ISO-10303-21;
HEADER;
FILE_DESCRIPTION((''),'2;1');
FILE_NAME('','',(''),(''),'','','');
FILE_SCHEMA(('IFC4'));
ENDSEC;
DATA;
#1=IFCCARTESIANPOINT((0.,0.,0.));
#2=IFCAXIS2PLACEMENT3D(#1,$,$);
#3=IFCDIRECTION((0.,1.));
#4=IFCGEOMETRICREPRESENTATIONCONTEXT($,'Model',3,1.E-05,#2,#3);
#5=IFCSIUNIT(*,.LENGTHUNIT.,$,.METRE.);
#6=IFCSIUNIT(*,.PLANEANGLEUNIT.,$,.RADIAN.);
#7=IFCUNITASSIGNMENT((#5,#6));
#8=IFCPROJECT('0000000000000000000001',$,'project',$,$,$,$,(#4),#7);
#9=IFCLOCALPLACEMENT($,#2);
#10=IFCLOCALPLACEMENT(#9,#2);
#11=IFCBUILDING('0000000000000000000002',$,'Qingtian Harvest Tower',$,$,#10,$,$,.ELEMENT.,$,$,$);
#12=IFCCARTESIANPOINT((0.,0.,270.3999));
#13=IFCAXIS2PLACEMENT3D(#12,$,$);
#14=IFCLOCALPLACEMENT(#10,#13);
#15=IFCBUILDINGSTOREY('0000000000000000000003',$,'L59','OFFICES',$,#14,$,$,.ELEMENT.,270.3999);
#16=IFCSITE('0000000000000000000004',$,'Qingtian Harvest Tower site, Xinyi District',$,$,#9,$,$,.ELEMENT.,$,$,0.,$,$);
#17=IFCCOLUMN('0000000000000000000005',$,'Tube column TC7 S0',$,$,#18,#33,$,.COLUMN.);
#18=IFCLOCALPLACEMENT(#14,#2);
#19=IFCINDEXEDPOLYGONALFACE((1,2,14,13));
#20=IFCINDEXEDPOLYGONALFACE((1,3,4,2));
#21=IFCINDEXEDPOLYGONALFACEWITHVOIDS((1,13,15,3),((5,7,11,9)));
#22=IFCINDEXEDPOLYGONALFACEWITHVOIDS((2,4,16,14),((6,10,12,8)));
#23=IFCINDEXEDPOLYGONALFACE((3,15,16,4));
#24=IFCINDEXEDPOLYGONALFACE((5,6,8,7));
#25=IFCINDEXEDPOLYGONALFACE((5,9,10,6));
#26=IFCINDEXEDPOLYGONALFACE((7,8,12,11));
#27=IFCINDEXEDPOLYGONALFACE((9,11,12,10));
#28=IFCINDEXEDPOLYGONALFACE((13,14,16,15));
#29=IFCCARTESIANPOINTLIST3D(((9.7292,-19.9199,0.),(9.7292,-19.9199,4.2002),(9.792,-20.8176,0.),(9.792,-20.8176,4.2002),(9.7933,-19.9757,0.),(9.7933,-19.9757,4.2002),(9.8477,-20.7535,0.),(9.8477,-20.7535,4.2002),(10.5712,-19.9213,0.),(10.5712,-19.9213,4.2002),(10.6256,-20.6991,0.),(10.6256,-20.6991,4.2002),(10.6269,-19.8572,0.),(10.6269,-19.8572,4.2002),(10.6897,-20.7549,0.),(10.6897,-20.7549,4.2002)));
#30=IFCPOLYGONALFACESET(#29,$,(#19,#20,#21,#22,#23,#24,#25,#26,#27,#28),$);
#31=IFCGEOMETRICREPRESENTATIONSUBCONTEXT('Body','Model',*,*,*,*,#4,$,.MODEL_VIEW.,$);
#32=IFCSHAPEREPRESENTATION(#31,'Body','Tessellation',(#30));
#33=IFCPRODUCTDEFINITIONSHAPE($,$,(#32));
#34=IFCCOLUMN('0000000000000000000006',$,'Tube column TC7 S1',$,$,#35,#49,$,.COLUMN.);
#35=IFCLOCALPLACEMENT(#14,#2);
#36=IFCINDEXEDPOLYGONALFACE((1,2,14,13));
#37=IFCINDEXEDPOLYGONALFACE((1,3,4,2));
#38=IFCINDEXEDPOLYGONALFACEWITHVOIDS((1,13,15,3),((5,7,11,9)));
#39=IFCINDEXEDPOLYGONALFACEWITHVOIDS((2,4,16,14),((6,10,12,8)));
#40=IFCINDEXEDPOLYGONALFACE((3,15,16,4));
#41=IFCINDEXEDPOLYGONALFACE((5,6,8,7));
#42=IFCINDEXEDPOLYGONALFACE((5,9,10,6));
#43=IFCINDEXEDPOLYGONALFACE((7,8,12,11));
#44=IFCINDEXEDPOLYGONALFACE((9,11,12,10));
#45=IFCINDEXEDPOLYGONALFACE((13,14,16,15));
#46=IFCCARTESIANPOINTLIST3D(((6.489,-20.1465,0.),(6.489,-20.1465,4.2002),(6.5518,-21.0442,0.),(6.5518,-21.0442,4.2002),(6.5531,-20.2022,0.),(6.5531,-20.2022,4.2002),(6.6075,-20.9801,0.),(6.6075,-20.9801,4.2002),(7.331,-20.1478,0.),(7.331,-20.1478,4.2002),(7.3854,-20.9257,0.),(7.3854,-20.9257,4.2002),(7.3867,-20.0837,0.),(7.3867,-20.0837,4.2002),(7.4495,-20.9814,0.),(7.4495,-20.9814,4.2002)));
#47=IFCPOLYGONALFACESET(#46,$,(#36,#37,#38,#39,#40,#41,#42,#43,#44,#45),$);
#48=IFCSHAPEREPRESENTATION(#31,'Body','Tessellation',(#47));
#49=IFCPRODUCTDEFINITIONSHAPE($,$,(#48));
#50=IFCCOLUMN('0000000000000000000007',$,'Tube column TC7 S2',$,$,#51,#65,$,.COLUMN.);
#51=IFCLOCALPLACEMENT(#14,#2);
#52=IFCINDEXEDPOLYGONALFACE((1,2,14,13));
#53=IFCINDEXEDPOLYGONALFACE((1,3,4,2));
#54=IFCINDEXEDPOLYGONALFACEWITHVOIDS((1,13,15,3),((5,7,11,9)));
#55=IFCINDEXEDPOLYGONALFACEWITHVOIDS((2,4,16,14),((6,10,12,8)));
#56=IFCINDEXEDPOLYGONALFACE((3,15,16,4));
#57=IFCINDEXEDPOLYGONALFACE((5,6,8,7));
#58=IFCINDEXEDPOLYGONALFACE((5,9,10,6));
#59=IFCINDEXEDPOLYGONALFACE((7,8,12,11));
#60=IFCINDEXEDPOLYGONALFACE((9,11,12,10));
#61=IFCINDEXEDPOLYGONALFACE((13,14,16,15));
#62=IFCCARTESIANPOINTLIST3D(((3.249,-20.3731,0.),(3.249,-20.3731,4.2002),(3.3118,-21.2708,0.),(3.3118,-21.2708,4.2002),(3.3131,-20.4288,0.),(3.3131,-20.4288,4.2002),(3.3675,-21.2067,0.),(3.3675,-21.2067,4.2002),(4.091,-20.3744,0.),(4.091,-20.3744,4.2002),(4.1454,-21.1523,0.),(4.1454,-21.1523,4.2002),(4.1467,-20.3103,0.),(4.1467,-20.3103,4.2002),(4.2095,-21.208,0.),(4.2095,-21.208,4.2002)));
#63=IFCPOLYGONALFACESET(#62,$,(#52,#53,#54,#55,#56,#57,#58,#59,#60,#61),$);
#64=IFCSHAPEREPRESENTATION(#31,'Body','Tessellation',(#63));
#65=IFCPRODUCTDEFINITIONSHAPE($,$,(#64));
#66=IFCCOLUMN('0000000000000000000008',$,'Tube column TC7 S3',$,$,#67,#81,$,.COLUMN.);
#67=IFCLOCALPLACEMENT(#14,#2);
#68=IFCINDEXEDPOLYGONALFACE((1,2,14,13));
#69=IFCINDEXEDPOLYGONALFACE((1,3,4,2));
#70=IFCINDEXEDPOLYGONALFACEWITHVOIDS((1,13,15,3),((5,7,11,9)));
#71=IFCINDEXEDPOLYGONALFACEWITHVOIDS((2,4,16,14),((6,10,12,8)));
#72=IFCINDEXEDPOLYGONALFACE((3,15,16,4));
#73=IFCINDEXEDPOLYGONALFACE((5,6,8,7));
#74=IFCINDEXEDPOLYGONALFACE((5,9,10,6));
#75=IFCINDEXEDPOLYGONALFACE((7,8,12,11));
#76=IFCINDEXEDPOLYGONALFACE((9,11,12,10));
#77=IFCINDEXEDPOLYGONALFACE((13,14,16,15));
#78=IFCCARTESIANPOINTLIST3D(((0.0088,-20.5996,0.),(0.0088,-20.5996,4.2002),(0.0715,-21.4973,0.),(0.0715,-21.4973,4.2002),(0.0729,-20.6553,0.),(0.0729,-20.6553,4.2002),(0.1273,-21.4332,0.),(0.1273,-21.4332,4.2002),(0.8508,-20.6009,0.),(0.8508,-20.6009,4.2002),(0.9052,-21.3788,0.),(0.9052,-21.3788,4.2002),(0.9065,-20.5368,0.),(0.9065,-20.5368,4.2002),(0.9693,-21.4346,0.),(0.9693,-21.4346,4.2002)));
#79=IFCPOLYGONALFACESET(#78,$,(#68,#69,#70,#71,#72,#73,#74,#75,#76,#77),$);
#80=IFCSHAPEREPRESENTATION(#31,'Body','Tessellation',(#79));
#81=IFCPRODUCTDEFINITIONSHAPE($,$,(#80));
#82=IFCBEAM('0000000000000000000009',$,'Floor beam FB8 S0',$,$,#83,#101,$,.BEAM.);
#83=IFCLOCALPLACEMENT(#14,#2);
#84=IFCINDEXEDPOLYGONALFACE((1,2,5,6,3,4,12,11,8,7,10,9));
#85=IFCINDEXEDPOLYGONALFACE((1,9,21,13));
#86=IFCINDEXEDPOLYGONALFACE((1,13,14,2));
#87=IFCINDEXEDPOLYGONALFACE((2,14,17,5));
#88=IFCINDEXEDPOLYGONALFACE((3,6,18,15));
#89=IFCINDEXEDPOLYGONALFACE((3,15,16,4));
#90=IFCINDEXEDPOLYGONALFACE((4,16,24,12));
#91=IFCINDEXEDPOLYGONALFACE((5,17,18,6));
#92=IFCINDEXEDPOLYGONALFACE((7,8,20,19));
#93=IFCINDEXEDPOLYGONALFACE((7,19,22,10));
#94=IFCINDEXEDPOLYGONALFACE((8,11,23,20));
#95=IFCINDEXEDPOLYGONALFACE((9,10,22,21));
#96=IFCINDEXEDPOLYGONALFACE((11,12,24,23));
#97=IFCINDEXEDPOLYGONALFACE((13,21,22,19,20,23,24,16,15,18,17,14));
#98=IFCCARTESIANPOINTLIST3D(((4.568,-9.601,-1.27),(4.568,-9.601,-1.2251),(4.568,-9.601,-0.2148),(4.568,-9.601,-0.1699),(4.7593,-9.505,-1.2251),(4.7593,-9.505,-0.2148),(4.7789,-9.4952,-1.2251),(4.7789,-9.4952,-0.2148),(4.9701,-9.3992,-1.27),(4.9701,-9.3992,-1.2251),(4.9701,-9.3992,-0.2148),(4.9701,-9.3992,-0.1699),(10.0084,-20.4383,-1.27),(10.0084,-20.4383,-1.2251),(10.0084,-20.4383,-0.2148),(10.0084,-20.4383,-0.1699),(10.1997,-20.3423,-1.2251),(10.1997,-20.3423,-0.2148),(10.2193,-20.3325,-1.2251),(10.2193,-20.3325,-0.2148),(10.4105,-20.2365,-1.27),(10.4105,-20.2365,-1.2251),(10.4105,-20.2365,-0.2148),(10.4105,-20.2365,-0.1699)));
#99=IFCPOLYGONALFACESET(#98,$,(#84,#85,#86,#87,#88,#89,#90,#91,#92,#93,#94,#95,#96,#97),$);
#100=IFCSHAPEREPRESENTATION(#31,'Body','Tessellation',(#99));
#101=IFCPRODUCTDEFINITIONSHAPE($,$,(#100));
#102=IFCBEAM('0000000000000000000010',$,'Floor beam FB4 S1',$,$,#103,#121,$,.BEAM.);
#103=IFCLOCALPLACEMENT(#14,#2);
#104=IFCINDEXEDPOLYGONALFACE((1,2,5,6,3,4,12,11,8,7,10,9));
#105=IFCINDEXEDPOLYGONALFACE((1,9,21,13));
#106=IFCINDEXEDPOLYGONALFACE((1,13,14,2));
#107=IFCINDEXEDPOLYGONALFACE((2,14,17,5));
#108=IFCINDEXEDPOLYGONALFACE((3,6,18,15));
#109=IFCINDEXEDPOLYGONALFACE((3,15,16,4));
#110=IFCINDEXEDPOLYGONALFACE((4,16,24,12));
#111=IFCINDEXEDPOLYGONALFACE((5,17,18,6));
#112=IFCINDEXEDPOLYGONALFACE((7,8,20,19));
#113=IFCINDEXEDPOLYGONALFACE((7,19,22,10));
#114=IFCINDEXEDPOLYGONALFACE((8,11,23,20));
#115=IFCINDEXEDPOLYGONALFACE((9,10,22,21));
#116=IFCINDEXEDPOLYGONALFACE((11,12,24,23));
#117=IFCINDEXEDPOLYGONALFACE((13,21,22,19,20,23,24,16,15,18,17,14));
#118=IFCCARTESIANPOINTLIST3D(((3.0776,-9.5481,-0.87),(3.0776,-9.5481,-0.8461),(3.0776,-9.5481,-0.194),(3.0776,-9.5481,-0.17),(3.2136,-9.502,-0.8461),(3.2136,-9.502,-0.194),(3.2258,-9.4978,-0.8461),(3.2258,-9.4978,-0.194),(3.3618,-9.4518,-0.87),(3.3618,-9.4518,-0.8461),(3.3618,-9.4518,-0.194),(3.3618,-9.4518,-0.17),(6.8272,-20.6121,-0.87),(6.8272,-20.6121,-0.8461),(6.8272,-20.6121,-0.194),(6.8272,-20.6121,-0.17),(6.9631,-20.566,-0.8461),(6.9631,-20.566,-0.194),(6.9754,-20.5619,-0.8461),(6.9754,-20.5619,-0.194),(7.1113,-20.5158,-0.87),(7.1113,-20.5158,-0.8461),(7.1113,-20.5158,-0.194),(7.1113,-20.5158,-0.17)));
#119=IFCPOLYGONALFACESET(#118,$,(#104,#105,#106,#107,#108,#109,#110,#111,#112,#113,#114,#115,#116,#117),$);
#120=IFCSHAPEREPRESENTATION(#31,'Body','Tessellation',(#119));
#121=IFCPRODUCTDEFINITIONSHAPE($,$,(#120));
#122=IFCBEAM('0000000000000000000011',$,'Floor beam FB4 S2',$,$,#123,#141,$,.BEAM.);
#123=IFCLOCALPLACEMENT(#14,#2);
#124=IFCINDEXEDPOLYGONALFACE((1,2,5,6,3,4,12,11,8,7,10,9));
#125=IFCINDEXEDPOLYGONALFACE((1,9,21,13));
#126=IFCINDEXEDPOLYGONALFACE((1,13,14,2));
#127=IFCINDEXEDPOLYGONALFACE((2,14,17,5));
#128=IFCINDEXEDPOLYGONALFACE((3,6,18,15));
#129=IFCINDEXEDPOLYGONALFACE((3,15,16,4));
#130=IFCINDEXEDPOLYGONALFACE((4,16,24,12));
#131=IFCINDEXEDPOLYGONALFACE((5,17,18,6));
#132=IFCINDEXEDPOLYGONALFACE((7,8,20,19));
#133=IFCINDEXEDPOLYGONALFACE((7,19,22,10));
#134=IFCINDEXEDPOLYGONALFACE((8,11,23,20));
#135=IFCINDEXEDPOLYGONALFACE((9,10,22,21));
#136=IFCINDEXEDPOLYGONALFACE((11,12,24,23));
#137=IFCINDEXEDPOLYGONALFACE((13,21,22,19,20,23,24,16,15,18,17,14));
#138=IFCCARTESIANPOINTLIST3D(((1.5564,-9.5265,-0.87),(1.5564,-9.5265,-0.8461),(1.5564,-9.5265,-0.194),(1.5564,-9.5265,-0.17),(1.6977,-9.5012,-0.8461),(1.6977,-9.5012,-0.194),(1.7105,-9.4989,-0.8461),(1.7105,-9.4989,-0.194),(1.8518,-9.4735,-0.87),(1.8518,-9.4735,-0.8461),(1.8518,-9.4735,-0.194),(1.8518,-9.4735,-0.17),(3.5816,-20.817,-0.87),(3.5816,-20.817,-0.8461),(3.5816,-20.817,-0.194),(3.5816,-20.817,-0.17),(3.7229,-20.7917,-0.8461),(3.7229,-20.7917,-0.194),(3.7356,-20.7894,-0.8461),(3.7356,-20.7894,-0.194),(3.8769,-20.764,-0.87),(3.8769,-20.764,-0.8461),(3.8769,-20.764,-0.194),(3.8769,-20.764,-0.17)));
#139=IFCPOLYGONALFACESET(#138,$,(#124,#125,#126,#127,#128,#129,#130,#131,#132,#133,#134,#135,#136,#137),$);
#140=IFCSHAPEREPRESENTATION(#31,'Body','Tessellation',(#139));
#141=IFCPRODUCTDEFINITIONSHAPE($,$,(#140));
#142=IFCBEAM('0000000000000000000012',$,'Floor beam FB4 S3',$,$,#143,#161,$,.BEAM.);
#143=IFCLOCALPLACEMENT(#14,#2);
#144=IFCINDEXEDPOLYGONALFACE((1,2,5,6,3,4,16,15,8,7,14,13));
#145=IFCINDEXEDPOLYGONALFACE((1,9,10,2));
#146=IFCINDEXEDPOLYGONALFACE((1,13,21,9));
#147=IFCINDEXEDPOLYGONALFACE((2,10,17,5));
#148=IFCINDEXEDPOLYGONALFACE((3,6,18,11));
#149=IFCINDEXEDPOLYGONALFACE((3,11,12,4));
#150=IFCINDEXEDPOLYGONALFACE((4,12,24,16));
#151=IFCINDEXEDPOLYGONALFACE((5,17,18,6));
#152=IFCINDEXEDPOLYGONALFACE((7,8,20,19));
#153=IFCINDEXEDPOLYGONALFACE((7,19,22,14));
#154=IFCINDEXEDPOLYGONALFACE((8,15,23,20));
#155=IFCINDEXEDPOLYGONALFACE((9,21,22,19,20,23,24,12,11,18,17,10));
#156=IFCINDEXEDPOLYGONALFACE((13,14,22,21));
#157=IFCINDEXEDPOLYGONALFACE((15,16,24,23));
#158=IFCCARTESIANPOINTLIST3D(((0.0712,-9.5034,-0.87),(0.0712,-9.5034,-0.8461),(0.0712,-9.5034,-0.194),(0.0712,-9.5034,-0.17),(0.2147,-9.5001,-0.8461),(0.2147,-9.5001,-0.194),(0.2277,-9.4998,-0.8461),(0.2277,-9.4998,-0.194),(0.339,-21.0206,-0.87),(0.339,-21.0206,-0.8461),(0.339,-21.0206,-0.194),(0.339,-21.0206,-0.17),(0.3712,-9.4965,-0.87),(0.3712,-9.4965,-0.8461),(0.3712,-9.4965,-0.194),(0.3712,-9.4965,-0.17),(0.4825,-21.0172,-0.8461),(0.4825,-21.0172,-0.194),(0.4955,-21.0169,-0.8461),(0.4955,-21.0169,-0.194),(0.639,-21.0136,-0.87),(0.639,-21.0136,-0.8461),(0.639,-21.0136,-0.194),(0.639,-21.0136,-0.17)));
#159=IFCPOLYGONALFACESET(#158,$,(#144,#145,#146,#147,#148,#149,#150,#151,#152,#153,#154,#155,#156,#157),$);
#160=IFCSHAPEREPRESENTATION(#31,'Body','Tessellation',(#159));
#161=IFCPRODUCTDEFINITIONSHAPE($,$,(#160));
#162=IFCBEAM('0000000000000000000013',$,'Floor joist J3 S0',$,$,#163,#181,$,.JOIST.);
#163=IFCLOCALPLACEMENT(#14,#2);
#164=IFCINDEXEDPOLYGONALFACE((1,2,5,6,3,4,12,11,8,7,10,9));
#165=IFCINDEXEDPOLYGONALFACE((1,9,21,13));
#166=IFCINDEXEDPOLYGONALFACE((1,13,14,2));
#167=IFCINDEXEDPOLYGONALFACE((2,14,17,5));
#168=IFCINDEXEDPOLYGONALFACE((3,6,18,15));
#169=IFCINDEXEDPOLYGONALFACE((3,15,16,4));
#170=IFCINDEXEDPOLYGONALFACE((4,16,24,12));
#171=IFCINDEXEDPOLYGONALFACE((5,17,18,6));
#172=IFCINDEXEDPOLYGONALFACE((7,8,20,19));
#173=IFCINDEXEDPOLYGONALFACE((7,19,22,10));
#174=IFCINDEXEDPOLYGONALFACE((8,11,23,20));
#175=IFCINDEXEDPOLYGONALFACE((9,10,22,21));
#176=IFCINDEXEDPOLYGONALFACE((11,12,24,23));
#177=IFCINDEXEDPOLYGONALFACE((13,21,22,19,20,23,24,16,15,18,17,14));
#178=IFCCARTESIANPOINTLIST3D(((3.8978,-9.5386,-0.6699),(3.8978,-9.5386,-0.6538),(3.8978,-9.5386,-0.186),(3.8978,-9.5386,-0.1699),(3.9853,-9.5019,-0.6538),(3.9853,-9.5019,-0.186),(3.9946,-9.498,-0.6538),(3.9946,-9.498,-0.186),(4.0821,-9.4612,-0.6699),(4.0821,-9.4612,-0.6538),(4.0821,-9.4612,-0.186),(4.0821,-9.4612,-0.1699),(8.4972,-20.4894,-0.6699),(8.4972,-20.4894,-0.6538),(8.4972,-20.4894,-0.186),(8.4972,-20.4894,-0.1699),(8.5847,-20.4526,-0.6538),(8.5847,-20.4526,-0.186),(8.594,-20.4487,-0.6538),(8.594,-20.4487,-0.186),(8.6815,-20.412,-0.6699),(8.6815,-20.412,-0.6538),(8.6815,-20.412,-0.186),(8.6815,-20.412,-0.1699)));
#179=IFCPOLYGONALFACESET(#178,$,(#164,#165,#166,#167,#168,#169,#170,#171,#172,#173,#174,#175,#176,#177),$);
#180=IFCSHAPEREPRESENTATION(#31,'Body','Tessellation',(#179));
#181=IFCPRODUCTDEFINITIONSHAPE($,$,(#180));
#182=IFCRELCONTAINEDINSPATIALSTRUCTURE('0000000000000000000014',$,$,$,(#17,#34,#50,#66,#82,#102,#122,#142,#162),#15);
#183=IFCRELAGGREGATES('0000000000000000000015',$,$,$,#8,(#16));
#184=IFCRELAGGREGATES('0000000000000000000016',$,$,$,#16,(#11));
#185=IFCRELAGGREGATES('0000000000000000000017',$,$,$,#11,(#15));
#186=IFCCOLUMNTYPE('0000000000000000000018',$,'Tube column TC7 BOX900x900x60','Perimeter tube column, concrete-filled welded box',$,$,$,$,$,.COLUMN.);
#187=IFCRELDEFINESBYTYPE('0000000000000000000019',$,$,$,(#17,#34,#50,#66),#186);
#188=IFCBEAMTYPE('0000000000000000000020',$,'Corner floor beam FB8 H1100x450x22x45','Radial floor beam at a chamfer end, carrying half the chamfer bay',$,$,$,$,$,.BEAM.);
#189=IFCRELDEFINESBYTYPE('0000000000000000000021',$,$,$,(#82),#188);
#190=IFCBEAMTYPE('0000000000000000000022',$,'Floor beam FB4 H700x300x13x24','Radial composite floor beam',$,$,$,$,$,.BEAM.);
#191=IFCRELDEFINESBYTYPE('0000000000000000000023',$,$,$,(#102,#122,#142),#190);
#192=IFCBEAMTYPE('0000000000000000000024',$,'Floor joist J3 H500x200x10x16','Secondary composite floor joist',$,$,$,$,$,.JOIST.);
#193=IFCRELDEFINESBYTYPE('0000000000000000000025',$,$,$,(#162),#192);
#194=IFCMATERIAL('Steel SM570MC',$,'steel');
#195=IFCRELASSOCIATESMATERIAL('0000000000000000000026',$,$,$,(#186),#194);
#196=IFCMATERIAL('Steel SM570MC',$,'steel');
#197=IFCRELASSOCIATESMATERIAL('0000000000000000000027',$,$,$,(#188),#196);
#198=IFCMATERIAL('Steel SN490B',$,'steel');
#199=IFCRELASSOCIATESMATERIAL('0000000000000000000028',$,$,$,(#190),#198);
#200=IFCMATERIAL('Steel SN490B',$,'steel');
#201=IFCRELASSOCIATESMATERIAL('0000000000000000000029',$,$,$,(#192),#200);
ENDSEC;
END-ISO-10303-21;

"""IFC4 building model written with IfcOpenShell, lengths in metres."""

from ifc_helpers import new_model, si_unit, direction, frame, origin, origin_2d, place, context, subcontext, project, spatial, hollow_rectangle, i_section, extrude, material, material_profile, profile_set, type_object, element, save


model = new_model("IFC4")

# Units and contexts
model_context = context("Model", 3, precision=1e-05, world=origin(), true_north=direction((0.0, 1.0)))
body_context = subcontext(model_context, "Body", "Model", "MODEL_VIEW")
ifc_project = project(units=[si_unit("LENGTHUNIT", "METRE"), si_unit("PLANEANGLEUNIT", "RADIAN")], contexts=[model_context])

# Site, building, storey
site_placement = place(None, origin())
site = spatial("IfcSite", under=ifc_project, at=site_placement, Name="Qingtian Harvest Tower site, Xinyi District", CompositionType="ELEMENT", RefElevation=0.0)
building_placement = place(site_placement, origin())
building = spatial("IfcBuilding", under=site, at=building_placement, Name="Qingtian Harvest Tower", CompositionType="ELEMENT")
storey_placement = place(building_placement, frame((0.0, 0.0, 270.3999)))
storey = spatial("IfcBuildingStorey", under=building, at=storey_placement, Name="L59", Description="OFFICES", CompositionType="ELEMENT", Elevation=270.3999)

# Columns
ifc_material_1 = material(Name="Steel SM570MC", Category="steel")
ifc_material_profile_1 = material_profile(ifc_material_1, hollow_rectangle(XDim=0.8999, YDim=0.8999, WallThickness=0.0601, at=origin_2d()), Name="BOX900x900x60")
ifc_profile_set_1 = profile_set([ifc_material_profile_1], Name="Steel SM570MC")
column_type = type_object("IfcColumnType", Name="Tube column TC7 BOX900x900x60", Description="Perimeter tube column, concrete-filled welded box", PredefinedType="COLUMN", material=ifc_profile_set_1)
for number, where, z_axis, x_axis, name in (
    (1, (10.2095, -20.3374, 0.0), (0.0, 0.0, 1.0), (0.997564, 0.069756, 0.0), "Tube column TC7 S0"),
    (2, (6.9692, -20.564, 0.0), (0.0, 0.0, 1.0), (0.997564, 0.069756, 0.0), "Tube column TC7 S1"),
    (3, (3.7292, -20.7905, 0.0), (0.0, 0.0, 1.0), (0.997564, 0.069756, 0.0), "Tube column TC7 S2"),
    (4, (0.489, -21.0171, 0.0), (0.0, 0.0, 1.0), (0.997564, 0.069756, 0.0), "Tube column TC7 S3"),
):
    element("IfcColumn", number, at=place(storey_placement, frame(where, z_axis=z_axis, x_axis=x_axis)), inside=storey, type_object=column_type, Name=name, PredefinedType="COLUMN", context=body_context, shape_type="SweptSolid", body=[
        extrude(hollow_rectangle(XDim=0.8999, YDim=0.8999, WallThickness=0.0601, at=origin_2d()), origin(), (0.0, 0.0, 1.0), 4.2002),
    ])

# Beams
ifc_material_2 = material(Name="Steel SM570MC", Category="steel")
ifc_material_profile_2 = material_profile(ifc_material_2, i_section(OverallWidth=0.45, OverallDepth=1.1001, WebThickness=0.022, FlangeThickness=0.0449, at=origin_2d()), Name="H1100x450x22x45")
ifc_profile_set_2 = profile_set([ifc_material_profile_2], Name="Steel SM570MC")
beam_type_1 = type_object("IfcBeamType", Name="Corner floor beam FB8 H1100x450x22x45", Description="Radial floor beam at a chamfer end, carrying half the chamfer bay", PredefinedType="BEAM", material=ifc_profile_set_2)
beam_1_placement = place(storey_placement, frame((10.2095, -20.3374, -0.72), z_axis=(-0.448646, 0.893709, 0.0), x_axis=(-0.893709, -0.448646, 0.0)))
element("IfcBeam", 5, at=beam_1_placement, inside=storey, type_object=beam_type_1, Name="Floor beam FB8 S0", PredefinedType="BEAM", context=body_context, shape_type="SweptSolid", body=[
    extrude(i_section(OverallWidth=0.45, OverallDepth=1.1001, WebThickness=0.022, FlangeThickness=0.0449, at=origin_2d()), origin(), (0.0, 0.0, 1.0), 12.1262),
])
ifc_material_3 = material(Name="Steel SN490B", Category="steel")
ifc_material_profile_3 = material_profile(ifc_material_3, i_section(OverallWidth=0.3, OverallDepth=0.7, WebThickness=0.0129, FlangeThickness=0.0239, at=origin_2d()), Name="H700x300x13x24")
ifc_profile_set_3 = profile_set([ifc_material_profile_3], Name="Steel SN490B")
beam_type_2 = type_object("IfcBeamType", Name="Floor beam FB4 H700x300x13x24", Description="Radial composite floor beam", PredefinedType="BEAM", material=ifc_profile_set_3)
beam_2_placement = place(storey_placement, frame((6.9692, -20.564, -0.52), z_axis=(-0.320964, 0.947092, 0.0), x_axis=(-0.947092, -0.320964, 0.0)))
element("IfcBeam", 6, at=beam_2_placement, inside=storey, type_object=beam_type_2, Name="Floor beam FB4 S1", PredefinedType="BEAM", context=body_context, shape_type="SweptSolid", body=[
    extrude(i_section(OverallWidth=0.3, OverallDepth=0.7, WebThickness=0.0129, FlangeThickness=0.0239, at=origin_2d()), origin(), (0.0, 0.0, 1.0), 11.6821),
])
beam_3_placement = place(storey_placement, frame((3.7292, -20.7905, -0.52), z_axis=(-0.176549, 0.984292, 0.0), x_axis=(-0.984292, -0.176549, 0.0)))
element("IfcBeam", 7, at=beam_3_placement, inside=storey, type_object=beam_type_2, Name="Floor beam FB4 S2", PredefinedType="BEAM", context=body_context, shape_type="SweptSolid", body=[
    extrude(i_section(OverallWidth=0.3, OverallDepth=0.7, WebThickness=0.0129, FlangeThickness=0.0239, at=origin_2d()), origin(), (0.0, 0.0, 1.0), 11.4707),
])
beam_4_placement = place(storey_placement, frame((0.489, -21.0171, -0.52), z_axis=(-0.023248, 0.99973, 0.0), x_axis=(-0.99973, -0.023248, 0.0)))
element("IfcBeam", 8, at=beam_4_placement, inside=storey, type_object=beam_type_2, Name="Floor beam FB4 S3", PredefinedType="BEAM", context=body_context, shape_type="SweptSolid", body=[
    extrude(i_section(OverallWidth=0.3, OverallDepth=0.7, WebThickness=0.0129, FlangeThickness=0.0239, at=origin_2d()), origin(), (0.0, 0.0, 1.0), 11.5203),
])
ifc_material_4 = material(Name="Steel SN490B", Category="steel")
ifc_material_profile_4 = material_profile(ifc_material_4, i_section(OverallWidth=0.2, OverallDepth=0.5, WebThickness=0.01, FlangeThickness=0.0161, at=origin_2d()), Name="H500x200x10x16")
ifc_profile_set_4 = profile_set([ifc_material_profile_4], Name="Steel SN490B")
beam_type_3 = type_object("IfcBeamType", Name="Floor joist J3 H500x200x10x16", Description="Secondary composite floor joist", PredefinedType="JOIST", material=ifc_profile_set_4)
beam_5_placement = place(storey_placement, frame((8.5894, -20.4507, -0.4199), z_axis=(-0.387238, 0.92198, 0.0), x_axis=(-0.92198, -0.387238, 0.0)))
element("IfcBeam", 9, at=beam_5_placement, inside=storey, type_object=beam_type_3, Name="Floor joist J3 S0", PredefinedType="JOIST", context=body_context, shape_type="SweptSolid", body=[
    extrude(i_section(OverallWidth=0.2, OverallDepth=0.5, WebThickness=0.01, FlangeThickness=0.0161, at=origin_2d()), origin(), (0.0, 0.0, 1.0), 11.8774),
])

save(model, "model.ifc")
